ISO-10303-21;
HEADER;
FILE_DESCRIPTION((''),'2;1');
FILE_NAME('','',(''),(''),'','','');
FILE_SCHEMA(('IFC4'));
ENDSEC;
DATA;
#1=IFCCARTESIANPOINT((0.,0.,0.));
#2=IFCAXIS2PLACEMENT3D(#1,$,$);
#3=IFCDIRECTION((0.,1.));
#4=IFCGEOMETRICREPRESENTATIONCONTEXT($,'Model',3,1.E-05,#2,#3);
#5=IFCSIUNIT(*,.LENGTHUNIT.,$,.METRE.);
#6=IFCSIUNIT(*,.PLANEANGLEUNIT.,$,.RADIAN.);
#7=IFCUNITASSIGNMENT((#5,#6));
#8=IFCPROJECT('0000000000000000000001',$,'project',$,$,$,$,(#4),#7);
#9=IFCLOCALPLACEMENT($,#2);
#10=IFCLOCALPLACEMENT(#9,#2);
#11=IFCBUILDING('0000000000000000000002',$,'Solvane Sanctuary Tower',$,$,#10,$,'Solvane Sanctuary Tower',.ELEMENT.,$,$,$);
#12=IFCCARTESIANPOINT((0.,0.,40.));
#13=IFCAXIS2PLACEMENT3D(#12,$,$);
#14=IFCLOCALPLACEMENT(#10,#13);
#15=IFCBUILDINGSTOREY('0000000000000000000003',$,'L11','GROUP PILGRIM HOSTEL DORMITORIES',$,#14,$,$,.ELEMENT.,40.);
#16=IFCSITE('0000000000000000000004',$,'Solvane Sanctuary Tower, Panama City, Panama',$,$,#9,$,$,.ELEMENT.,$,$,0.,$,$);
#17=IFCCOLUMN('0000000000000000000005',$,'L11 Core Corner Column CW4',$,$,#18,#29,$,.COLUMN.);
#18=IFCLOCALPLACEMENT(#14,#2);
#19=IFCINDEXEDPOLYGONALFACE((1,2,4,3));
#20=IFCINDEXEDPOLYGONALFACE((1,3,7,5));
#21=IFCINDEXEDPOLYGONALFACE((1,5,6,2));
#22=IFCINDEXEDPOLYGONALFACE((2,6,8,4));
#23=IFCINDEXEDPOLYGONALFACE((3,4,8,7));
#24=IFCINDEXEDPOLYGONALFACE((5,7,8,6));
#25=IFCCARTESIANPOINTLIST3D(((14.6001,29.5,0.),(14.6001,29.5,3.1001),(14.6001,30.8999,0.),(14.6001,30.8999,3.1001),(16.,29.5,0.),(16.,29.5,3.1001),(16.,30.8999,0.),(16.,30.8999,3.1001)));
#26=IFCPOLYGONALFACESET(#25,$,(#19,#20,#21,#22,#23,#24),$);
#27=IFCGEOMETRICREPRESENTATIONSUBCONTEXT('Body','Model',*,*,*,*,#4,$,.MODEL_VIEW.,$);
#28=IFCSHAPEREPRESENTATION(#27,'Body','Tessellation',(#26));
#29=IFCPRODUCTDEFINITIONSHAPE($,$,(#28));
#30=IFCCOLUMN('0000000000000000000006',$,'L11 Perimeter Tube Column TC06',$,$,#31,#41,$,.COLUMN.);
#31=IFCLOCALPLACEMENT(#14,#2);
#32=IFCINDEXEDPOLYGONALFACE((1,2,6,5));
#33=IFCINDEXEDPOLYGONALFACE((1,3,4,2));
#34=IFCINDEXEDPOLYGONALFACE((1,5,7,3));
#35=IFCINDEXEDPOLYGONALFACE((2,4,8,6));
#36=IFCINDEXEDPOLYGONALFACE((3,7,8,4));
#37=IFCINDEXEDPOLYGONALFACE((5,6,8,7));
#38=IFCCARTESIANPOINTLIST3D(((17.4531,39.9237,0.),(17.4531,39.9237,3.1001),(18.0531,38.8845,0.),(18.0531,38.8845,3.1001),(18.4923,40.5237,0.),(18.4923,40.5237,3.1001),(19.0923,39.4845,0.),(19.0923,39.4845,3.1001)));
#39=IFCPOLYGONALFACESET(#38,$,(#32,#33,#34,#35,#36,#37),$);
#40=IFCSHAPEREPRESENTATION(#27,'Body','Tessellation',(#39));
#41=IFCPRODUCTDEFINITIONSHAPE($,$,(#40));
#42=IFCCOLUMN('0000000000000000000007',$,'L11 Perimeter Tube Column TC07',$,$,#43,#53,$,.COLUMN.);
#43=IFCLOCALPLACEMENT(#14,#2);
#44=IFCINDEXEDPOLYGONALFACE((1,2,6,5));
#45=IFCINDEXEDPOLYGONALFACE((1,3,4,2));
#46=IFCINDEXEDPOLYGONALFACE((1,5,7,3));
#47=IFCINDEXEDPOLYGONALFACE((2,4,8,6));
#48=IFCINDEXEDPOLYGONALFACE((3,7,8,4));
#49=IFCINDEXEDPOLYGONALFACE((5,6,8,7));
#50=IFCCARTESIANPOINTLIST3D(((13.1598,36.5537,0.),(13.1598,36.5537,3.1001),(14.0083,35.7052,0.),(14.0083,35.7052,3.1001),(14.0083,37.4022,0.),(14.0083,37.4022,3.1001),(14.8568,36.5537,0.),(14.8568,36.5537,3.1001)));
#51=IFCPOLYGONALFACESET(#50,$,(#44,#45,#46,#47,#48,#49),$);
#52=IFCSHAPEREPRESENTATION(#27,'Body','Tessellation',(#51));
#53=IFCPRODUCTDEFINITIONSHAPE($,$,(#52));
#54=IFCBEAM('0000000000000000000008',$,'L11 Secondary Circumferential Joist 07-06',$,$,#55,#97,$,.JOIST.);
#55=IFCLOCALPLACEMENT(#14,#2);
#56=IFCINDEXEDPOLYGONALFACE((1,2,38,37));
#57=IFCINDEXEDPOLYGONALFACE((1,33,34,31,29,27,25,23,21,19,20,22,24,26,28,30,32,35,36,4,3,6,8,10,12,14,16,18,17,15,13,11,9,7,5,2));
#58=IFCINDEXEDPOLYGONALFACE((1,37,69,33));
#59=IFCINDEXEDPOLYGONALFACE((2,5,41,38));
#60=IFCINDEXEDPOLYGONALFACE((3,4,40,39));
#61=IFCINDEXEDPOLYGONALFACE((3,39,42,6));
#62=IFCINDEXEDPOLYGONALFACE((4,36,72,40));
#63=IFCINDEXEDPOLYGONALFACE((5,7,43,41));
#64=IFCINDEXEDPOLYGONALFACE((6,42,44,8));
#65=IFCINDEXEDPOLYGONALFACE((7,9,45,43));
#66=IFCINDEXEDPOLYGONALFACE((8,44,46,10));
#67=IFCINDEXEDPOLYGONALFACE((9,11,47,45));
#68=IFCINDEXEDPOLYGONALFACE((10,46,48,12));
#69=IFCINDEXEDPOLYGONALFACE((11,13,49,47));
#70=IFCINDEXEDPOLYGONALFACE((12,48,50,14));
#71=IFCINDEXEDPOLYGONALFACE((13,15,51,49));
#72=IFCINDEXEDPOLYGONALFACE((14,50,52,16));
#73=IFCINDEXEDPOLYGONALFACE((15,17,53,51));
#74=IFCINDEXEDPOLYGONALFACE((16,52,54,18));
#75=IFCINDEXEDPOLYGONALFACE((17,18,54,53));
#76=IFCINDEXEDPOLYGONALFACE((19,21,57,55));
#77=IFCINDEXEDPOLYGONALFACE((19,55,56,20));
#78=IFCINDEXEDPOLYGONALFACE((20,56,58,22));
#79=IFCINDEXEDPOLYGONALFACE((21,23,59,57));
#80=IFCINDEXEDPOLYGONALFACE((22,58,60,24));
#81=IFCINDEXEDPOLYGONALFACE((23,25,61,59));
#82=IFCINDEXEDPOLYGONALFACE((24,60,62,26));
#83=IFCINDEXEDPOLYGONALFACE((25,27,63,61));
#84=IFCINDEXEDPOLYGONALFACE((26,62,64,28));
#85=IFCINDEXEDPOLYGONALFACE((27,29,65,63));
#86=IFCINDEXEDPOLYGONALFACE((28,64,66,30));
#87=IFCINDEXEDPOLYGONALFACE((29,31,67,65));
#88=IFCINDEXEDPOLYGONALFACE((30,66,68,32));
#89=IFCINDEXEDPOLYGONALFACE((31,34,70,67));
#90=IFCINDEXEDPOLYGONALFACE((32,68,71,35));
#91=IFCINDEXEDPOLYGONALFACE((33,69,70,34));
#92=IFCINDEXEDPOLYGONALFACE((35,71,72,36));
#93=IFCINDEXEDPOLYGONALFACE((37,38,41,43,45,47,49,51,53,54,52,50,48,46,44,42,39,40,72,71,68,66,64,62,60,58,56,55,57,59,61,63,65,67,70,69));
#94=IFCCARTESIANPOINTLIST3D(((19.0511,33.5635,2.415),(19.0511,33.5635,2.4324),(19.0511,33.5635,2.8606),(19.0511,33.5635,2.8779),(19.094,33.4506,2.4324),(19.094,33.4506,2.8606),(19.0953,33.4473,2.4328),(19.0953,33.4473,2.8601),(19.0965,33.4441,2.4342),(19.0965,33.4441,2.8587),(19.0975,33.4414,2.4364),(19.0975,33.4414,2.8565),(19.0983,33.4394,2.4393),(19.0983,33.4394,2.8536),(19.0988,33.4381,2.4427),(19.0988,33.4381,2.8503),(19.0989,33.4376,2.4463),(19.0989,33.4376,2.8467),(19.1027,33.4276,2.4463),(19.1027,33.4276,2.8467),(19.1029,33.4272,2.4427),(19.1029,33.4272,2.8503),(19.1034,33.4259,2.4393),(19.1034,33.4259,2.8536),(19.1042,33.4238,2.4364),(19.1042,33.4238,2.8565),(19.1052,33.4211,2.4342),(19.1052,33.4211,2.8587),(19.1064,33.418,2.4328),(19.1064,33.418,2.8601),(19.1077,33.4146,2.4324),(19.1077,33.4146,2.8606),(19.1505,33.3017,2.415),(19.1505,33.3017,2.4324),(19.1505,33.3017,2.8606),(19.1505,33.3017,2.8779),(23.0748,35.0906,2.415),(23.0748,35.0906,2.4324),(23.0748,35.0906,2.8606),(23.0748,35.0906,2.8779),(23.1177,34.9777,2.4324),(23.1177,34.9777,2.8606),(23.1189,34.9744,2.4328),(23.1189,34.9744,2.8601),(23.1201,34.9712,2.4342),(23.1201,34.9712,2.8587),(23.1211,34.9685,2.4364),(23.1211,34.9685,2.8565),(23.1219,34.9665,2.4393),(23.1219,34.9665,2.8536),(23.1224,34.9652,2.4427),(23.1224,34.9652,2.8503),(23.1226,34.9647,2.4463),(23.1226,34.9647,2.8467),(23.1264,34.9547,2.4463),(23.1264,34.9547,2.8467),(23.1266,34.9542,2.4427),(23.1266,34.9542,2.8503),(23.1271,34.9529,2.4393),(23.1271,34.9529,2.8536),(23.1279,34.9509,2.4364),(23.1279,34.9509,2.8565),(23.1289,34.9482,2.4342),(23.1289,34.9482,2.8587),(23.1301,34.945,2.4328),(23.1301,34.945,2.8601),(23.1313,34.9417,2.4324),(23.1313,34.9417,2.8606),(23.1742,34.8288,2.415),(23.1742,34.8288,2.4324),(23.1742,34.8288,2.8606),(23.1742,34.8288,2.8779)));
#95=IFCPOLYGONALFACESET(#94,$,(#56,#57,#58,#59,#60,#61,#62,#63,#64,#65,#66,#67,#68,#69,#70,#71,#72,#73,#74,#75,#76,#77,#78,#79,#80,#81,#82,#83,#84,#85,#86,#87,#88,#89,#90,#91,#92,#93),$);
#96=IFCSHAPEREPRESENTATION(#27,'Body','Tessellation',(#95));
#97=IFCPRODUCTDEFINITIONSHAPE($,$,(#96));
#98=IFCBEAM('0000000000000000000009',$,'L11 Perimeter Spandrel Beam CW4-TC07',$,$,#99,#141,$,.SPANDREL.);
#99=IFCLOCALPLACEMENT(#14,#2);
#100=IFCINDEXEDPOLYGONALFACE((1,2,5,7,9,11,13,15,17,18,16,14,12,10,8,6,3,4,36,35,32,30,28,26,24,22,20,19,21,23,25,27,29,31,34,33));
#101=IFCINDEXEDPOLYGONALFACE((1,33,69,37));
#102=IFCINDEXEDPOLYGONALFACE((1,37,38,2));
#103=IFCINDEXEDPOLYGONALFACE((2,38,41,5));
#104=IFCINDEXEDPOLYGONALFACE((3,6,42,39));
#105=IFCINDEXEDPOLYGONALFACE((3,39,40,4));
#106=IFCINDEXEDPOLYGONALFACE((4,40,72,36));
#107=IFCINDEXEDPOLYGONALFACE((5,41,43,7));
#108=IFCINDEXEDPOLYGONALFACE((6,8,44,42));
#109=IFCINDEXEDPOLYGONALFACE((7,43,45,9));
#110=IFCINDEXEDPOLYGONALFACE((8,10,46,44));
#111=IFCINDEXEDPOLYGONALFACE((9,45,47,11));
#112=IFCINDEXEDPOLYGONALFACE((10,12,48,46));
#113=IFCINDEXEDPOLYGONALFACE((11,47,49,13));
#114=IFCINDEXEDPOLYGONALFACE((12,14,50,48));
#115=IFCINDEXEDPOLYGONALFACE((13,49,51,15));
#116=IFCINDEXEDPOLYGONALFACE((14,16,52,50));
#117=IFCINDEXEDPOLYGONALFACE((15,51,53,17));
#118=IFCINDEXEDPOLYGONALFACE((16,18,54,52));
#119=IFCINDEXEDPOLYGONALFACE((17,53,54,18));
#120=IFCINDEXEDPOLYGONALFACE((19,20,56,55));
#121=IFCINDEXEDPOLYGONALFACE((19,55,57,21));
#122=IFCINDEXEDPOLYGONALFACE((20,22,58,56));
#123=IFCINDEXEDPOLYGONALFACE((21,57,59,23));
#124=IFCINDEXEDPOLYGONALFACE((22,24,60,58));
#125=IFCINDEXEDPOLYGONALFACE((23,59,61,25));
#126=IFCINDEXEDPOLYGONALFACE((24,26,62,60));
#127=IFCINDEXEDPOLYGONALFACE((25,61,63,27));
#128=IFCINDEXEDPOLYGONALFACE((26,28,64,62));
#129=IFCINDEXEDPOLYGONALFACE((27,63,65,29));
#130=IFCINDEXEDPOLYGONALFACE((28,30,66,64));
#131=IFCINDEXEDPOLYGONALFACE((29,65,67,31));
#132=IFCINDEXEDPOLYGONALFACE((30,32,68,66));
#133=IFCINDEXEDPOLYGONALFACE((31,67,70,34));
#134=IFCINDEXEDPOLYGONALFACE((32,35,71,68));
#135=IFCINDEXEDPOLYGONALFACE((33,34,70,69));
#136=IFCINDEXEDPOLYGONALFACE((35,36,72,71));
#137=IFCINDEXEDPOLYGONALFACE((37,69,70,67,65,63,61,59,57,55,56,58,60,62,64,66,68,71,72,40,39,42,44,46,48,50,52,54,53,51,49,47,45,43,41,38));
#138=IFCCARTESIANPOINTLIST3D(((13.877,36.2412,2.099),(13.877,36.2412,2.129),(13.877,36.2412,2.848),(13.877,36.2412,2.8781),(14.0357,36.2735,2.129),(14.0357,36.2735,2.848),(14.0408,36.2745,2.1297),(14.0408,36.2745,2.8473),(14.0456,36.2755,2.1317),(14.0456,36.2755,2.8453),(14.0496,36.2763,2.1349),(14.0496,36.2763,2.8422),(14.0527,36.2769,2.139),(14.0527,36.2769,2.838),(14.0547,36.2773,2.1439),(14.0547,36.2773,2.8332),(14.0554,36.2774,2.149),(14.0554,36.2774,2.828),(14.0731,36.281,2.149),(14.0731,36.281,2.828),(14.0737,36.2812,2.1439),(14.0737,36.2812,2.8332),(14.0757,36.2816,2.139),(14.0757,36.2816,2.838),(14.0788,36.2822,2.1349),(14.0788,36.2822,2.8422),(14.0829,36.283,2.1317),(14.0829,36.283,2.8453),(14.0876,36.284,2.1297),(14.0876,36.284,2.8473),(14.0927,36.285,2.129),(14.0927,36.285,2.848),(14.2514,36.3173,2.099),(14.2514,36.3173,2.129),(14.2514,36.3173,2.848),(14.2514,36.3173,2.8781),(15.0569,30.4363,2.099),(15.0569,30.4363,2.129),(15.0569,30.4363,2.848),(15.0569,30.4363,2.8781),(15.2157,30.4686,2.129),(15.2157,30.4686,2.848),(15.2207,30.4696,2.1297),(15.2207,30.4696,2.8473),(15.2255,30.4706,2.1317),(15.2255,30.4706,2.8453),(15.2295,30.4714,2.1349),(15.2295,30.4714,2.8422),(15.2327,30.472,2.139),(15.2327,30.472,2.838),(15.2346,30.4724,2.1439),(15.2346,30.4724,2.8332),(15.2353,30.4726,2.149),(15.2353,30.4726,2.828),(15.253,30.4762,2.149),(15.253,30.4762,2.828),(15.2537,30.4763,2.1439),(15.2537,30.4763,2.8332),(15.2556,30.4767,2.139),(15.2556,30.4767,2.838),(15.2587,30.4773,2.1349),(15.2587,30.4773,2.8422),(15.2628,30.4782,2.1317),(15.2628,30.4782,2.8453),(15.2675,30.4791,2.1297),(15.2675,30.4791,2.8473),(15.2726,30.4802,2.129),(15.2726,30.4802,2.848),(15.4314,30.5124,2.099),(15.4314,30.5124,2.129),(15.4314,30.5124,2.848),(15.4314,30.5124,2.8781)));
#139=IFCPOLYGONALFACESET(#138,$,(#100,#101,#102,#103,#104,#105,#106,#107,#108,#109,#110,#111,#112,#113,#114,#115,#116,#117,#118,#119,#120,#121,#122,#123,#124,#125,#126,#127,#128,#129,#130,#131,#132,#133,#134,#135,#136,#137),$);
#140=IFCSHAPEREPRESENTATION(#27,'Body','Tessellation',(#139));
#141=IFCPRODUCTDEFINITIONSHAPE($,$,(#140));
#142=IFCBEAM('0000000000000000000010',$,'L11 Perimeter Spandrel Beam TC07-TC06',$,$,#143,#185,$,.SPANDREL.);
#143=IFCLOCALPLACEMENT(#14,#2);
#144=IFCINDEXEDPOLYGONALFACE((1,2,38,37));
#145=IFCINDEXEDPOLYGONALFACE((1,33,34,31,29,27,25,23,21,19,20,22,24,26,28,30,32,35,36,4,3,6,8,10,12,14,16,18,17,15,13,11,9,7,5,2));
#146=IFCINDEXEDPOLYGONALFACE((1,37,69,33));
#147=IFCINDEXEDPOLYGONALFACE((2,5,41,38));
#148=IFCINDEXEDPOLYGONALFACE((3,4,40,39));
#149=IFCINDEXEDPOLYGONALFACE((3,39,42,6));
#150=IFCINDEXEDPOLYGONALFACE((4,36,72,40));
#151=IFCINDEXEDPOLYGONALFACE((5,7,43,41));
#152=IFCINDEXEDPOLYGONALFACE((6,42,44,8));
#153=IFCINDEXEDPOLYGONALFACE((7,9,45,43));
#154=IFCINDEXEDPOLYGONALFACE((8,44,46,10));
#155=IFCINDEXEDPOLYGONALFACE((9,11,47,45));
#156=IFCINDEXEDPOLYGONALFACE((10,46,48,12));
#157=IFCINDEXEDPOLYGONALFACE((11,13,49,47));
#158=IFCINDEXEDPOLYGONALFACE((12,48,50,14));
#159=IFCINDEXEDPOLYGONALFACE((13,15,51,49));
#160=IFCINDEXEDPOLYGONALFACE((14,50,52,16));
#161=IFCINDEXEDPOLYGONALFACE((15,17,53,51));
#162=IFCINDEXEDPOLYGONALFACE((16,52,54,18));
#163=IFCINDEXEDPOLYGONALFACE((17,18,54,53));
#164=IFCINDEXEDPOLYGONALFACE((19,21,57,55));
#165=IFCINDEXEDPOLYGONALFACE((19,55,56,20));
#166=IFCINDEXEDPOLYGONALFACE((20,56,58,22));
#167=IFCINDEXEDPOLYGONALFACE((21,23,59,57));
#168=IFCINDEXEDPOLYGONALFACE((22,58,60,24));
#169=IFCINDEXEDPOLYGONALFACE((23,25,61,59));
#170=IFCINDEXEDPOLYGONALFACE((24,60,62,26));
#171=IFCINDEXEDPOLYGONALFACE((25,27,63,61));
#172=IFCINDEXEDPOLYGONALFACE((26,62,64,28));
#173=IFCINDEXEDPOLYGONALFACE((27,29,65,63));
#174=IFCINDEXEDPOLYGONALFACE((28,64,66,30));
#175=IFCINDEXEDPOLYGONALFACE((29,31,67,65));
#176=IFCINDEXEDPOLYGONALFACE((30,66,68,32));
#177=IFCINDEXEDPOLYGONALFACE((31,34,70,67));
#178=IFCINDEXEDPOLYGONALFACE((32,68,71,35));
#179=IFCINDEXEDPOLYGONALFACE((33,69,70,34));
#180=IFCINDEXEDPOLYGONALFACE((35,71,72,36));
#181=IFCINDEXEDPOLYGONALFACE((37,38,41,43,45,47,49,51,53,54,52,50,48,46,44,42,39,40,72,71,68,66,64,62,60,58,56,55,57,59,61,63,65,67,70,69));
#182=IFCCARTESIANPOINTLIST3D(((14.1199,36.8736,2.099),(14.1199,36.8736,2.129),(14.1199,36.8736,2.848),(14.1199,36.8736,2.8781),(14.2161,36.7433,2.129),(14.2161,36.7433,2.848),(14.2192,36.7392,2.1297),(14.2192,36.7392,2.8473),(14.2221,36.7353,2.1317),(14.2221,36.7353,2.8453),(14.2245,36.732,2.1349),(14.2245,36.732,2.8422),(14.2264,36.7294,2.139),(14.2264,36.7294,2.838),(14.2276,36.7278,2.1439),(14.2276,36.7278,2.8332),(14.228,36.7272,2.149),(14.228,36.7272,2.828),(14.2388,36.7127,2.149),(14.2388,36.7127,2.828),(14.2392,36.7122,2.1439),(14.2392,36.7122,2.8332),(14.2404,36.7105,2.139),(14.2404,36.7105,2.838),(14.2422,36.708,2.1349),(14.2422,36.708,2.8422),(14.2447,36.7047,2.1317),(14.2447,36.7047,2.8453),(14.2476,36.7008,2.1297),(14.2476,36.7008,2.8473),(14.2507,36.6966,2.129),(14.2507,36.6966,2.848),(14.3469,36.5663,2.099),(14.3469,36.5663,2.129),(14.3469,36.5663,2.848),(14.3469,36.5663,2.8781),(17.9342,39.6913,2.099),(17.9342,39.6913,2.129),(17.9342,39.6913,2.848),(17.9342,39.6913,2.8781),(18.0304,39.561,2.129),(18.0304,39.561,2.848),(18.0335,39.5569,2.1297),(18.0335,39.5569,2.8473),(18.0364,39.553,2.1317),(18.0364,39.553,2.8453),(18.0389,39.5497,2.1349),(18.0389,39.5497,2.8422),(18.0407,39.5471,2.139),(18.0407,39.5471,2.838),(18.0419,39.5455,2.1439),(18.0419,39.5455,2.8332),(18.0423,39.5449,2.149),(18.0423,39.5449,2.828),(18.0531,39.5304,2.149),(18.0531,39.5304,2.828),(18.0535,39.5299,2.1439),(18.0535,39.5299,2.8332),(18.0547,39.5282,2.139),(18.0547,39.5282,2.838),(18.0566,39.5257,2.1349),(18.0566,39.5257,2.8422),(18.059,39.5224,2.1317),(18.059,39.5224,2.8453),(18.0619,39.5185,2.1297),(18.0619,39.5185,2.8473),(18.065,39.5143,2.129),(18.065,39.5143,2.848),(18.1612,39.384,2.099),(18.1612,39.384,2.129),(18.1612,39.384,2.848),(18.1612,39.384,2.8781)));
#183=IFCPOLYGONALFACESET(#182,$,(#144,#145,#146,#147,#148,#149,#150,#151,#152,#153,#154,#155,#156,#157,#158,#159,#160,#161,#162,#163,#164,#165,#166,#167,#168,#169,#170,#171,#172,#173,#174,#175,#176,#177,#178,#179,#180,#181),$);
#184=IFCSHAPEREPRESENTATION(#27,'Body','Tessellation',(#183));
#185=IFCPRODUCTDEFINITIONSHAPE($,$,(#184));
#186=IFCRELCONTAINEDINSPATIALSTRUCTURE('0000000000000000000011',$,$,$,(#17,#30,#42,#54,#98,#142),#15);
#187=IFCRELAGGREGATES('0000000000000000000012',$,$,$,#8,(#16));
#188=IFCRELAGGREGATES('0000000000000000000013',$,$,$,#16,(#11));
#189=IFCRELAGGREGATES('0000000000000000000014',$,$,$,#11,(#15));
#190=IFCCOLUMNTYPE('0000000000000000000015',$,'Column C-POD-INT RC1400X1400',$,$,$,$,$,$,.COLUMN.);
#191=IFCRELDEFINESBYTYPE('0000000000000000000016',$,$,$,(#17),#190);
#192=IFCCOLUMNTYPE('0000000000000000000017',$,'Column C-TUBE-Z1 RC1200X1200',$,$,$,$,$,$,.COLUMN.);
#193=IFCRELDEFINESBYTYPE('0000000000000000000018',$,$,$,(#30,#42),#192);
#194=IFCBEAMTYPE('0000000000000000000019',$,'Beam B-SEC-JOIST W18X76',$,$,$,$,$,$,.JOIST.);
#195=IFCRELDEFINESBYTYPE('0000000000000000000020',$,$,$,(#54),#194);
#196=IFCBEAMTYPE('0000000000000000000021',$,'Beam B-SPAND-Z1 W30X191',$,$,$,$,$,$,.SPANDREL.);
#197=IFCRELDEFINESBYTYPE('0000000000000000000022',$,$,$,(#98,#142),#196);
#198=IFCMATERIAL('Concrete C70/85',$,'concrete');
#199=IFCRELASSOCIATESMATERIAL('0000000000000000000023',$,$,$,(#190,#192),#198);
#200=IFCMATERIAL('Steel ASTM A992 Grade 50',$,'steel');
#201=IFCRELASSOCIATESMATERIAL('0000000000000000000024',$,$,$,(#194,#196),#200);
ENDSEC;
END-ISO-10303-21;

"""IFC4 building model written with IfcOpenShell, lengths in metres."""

from ifc_helpers import new_model, si_unit, direction, frame, origin, origin_2d, place, context, subcontext, project, spatial, rectangle, i_section, extrude, material, material_profile, profile_set, type_object, element, save


model = new_model("IFC4")

# Units and contexts
model_context = context("Model", 3, precision=1e-05, world=origin(), true_north=direction((0.0, 1.0)))
body_context = subcontext(model_context, "Body", "Model", "MODEL_VIEW")
ifc_project = project(units=[si_unit("LENGTHUNIT", "METRE"), si_unit("PLANEANGLEUNIT", "RADIAN")], contexts=[model_context])

# Site, building, storey
site_placement = place(None, origin())
site = spatial("IfcSite", under=ifc_project, at=site_placement, Name="Solvane Sanctuary Tower, Panama City, Panama", CompositionType="ELEMENT", RefElevation=0.0)
building_placement = place(site_placement, origin())
building = spatial("IfcBuilding", under=site, at=building_placement, Name="Solvane Sanctuary Tower", LongName="Solvane Sanctuary Tower", CompositionType="ELEMENT")
storey_placement = place(building_placement, frame((0.0, 0.0, 40.0)))
storey = spatial("IfcBuildingStorey", under=building, at=storey_placement, Name="L11", Description="GROUP PILGRIM HOSTEL DORMITORIES", CompositionType="ELEMENT", Elevation=40.0)

# Columns
ifc_material_1 = material(Name="Concrete C70/85", Category="concrete")
ifc_material_profile_1 = material_profile(ifc_material_1, rectangle(XDim=1.3999, YDim=1.3999, at=origin_2d()), Name="RC1400X1400")
ifc_profile_set_1 = profile_set([ifc_material_profile_1], Name="Concrete C70/85")
column_type_1 = type_object("IfcColumnType", Name="Column C-POD-INT RC1400X1400", PredefinedType="COLUMN", material=ifc_profile_set_1)
column_placement = place(storey_placement, frame((15.3, 30.2, 0.0), z_axis=(0.0, 0.0, 1.0), x_axis=(1.0, 0.0, 0.0)))
element("IfcColumn", 1, at=column_placement, inside=storey, type_object=column_type_1, Name="L11 Core Corner Column CW4", PredefinedType="COLUMN", context=body_context, shape_type="SweptSolid", body=[
    extrude(rectangle(XDim=1.3999, YDim=1.3999, at=origin_2d()), origin(), (0.0, 0.0, 1.0), 3.1001),
])
ifc_material_profile_2 = material_profile(ifc_material_1, rectangle(XDim=1.2, YDim=1.2, at=origin_2d()), Name="RC1200X1200")
ifc_profile_set_2 = profile_set([ifc_material_profile_2], Name="Concrete C70/85")
column_type_2 = type_object("IfcColumnType", Name="Column C-TUBE-Z1 RC1200X1200", PredefinedType="COLUMN", material=ifc_profile_set_2)
for number, where, z_axis, x_axis, name in (
    (2, (18.2727, 39.7041, 0.0), (0.0, 0.0, 1.0), (-0.5, 0.866025, 0.0), "L11 Perimeter Tube Column TC06"),
    (3, (14.0083, 36.5537, 0.0), (0.0, 0.0, 1.0), (-0.707107, 0.707107, 0.0), "L11 Perimeter Tube Column TC07"),
):
    element("IfcColumn", number, at=place(storey_placement, frame(where, z_axis=z_axis, x_axis=x_axis)), inside=storey, type_object=column_type_2, Name=name, PredefinedType="COLUMN", context=body_context, shape_type="SweptSolid", body=[
        extrude(rectangle(XDim=1.2, YDim=1.2, at=origin_2d()), origin(), (0.0, 0.0, 1.0), 3.1001),
    ])

# Beams
ifc_material_2 = material(Name="Steel ASTM A992 Grade 50", Category="steel")
ifc_material_profile_3 = material_profile(ifc_material_2, i_section(OverallWidth=0.28, OverallDepth=0.4629, WebThickness=0.0107, FlangeThickness=0.0173, FilletRadius=0.0139, at=origin_2d()), Name="W18X76")
ifc_profile_set_3 = profile_set([ifc_material_profile_3], Name="Steel ASTM A992 Grade 50")
beam_type_1 = type_object("IfcBeamType", Name="Beam B-SEC-JOIST W18X76", PredefinedType="JOIST", material=ifc_profile_set_3)
beam_1_placement = place(storey_placement, frame((19.1008, 33.4326, 2.6465), z_axis=(0.93493, 0.354832, 0.0), x_axis=(-0.354832, 0.93493, 0.0)))
element("IfcBeam", 4, at=beam_1_placement, inside=storey, type_object=beam_type_1, Name="L11 Secondary Circumferential Joist 07-06", PredefinedType="JOIST", context=body_context, shape_type="SweptSolid", body=[
    extrude(i_section(OverallWidth=0.28, OverallDepth=0.4629, WebThickness=0.0107, FlangeThickness=0.0173, FilletRadius=0.0139, at=origin_2d()), origin(), (0.0, 0.0, 1.0), 4.3037),
])
ifc_material_profile_4 = material_profile(ifc_material_2, i_section(OverallWidth=0.3821, OverallDepth=0.7791, WebThickness=0.0181, FlangeThickness=0.03, FilletRadius=0.02, at=origin_2d()), Name="W30X191")
ifc_profile_set_4 = profile_set([ifc_material_profile_4], Name="Steel ASTM A992 Grade 50")
beam_type_2 = type_object("IfcBeamType", Name="Beam B-SPAND-Z1 W30X191", PredefinedType="SPANDREL", material=ifc_profile_set_4)
beam_2_placement = place(storey_placement, frame((15.2441, 30.4744, 2.4885), z_axis=(-0.19919, 0.979961, 0.0), x_axis=(-0.979961, -0.19919, 0.0)))
element("IfcBeam", 5, at=beam_2_placement, inside=storey, type_object=beam_type_2, Name="L11 Perimeter Spandrel Beam CW4-TC07", PredefinedType="SPANDREL", context=body_context, shape_type="SweptSolid", body=[
    extrude(i_section(OverallWidth=0.3821, OverallDepth=0.7791, WebThickness=0.0181, FlangeThickness=0.03, FilletRadius=0.02, at=origin_2d()), origin(), (0.0, 0.0, 1.0), 5.9236),
])
beam_3_placement = place(storey_placement, frame((14.2334, 36.72, 2.4885), z_axis=(0.804334, 0.594177, 0.0), x_axis=(-0.594177, 0.804334, 0.0)))
element("IfcBeam", 6, at=beam_3_placement, inside=storey, type_object=beam_type_2, Name="L11 Perimeter Spandrel Beam TC07-TC06", PredefinedType="SPANDREL", context=body_context, shape_type="SweptSolid", body=[
    extrude(i_section(OverallWidth=0.3821, OverallDepth=0.7791, WebThickness=0.0181, FlangeThickness=0.03, FilletRadius=0.02, at=origin_2d()), origin(), (0.0, 0.0, 1.0), 4.7422),
])

save(model, "model.ifc")
